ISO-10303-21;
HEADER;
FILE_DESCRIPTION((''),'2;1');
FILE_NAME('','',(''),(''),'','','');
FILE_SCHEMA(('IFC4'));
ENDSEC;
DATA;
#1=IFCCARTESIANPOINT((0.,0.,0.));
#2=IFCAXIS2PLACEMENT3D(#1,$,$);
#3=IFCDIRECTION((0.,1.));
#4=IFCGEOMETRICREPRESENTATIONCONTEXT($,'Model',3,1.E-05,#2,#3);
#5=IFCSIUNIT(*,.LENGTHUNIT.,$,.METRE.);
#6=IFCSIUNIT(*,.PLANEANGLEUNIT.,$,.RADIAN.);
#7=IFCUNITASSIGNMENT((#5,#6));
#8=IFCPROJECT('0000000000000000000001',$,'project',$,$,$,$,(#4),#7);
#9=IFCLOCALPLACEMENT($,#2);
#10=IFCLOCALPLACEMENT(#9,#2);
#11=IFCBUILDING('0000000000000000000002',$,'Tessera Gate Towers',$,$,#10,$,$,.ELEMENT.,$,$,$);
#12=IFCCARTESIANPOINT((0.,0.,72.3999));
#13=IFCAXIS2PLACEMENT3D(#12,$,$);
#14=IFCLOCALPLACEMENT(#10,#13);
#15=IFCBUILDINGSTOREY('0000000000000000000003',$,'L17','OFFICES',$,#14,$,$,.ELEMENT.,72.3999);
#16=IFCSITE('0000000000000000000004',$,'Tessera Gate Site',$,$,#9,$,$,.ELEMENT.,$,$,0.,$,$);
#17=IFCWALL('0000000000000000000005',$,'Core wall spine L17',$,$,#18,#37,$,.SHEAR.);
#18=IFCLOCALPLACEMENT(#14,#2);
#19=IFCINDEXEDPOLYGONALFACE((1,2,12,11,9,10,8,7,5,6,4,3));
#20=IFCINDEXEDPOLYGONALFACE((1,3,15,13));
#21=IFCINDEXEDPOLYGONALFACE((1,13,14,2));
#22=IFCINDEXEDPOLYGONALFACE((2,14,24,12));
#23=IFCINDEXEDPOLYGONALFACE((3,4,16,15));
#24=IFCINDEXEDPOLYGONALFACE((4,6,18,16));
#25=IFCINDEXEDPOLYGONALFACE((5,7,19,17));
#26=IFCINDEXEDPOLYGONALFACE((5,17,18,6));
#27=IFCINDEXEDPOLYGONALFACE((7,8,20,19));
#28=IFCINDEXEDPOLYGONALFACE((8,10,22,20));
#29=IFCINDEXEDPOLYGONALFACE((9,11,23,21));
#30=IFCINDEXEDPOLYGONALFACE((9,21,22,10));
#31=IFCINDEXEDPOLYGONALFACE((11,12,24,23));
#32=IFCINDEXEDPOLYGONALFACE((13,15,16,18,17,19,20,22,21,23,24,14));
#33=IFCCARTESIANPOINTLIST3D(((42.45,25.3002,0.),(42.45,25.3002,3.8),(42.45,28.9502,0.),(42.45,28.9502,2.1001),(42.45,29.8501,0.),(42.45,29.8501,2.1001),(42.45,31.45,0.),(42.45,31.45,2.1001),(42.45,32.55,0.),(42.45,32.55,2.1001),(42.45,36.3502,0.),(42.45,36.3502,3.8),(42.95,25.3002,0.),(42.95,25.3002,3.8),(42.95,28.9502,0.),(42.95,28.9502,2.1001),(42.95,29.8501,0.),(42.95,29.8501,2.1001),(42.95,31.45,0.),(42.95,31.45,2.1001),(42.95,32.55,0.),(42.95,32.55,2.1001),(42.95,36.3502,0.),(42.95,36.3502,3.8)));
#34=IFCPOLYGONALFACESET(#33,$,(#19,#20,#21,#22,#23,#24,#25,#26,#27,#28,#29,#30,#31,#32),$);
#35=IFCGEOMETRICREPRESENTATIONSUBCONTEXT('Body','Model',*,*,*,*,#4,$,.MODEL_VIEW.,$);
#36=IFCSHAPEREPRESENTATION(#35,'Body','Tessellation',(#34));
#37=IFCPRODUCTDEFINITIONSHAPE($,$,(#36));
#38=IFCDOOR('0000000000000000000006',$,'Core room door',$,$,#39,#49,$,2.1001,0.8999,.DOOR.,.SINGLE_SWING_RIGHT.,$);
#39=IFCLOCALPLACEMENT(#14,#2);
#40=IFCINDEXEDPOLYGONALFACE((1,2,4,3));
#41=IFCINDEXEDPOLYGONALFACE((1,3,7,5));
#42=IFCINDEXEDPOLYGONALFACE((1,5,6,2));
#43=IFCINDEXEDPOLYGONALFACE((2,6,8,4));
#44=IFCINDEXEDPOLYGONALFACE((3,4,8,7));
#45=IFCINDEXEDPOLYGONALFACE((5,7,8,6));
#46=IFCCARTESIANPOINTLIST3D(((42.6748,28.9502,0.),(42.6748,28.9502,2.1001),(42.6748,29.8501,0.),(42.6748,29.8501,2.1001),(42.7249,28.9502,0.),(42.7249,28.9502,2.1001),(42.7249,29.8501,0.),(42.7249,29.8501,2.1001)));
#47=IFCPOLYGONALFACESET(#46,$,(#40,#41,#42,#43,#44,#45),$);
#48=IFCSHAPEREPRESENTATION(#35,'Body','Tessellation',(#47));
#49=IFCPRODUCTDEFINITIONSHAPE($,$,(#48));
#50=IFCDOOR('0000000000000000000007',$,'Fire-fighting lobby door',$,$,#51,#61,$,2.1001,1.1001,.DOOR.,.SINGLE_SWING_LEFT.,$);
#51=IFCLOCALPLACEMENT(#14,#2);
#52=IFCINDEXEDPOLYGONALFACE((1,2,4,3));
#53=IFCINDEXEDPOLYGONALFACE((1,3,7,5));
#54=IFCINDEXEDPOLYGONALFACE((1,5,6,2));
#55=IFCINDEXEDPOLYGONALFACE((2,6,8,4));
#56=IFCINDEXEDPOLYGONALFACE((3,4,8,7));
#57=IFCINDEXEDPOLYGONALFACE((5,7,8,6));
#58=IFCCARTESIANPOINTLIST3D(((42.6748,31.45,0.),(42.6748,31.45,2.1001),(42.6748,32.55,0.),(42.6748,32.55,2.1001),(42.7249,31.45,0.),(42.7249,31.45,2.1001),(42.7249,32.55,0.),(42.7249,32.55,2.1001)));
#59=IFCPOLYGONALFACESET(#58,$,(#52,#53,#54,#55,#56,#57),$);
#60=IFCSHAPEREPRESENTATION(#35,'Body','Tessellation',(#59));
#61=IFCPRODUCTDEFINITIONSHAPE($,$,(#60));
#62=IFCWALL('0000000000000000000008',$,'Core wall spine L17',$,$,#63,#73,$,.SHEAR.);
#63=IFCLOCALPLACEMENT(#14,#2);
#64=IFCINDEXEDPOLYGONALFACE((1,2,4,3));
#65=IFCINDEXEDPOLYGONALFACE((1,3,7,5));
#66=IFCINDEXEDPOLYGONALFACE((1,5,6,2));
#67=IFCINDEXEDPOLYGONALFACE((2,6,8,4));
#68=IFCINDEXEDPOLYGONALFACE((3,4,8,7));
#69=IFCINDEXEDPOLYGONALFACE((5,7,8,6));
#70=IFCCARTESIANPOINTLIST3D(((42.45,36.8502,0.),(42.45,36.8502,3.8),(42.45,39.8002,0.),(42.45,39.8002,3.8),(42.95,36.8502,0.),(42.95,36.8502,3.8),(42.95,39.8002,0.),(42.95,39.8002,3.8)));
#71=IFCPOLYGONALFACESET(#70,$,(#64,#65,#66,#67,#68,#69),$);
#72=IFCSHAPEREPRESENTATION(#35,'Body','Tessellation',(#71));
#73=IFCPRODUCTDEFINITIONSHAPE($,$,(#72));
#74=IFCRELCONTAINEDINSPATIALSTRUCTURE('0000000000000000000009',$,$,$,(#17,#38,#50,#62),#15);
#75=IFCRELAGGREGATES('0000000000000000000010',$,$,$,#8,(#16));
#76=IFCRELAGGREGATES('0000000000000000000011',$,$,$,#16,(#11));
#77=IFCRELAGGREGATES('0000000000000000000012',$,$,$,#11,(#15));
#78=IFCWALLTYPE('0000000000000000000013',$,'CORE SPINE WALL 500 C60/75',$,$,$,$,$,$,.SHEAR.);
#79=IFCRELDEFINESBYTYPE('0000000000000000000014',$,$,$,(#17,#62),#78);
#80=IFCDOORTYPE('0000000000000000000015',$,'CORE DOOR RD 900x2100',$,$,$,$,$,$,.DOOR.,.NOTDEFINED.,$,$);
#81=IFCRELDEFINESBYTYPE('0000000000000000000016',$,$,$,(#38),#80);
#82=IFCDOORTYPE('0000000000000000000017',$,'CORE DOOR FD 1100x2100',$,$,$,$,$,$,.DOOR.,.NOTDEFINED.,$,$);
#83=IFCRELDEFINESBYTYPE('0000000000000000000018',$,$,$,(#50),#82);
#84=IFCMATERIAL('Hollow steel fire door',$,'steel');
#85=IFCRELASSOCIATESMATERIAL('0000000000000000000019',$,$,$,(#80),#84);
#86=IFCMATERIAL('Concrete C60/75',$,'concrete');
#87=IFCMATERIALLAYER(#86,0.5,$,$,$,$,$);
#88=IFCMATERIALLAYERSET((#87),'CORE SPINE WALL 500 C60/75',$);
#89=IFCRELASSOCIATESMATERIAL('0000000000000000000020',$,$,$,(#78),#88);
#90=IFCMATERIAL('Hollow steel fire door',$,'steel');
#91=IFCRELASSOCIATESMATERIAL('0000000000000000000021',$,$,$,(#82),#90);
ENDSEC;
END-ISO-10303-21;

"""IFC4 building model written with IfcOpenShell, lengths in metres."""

from ifc_helpers import new_model, si_unit, direction, frame, frame_2d, origin, place, context, subcontext, project, spatial, rectangle, extrude, source, transform, mapped, material, layer, layer_set, type_object, element, fill, save


model = new_model("IFC4")

# Units and contexts
model_context = context("Model", 3, precision=1e-05, world=origin(), true_north=direction((0.0, 1.0)))
body_context = subcontext(model_context, "Body", "Model", "MODEL_VIEW")
ifc_project = project(units=[si_unit("LENGTHUNIT", "METRE"), si_unit("PLANEANGLEUNIT", "RADIAN")], contexts=[model_context])

# Site, building, storey
site_placement = place(None, origin())
site = spatial("IfcSite", under=ifc_project, at=site_placement, Name="Tessera Gate Site", CompositionType="ELEMENT", RefElevation=0.0)
building_placement = place(site_placement, origin())
building = spatial("IfcBuilding", under=site, at=building_placement, Name="Tessera Gate Towers", CompositionType="ELEMENT")
storey_placement = place(building_placement, frame((0.0, 0.0, 72.3999)))
storey = spatial("IfcBuildingStorey", under=building, at=storey_placement, Name="L17", Description="OFFICES", CompositionType="ELEMENT", Elevation=72.3999)

# Shared definitions
shared_shape_1 = source(origin(), body_context, "Body", "SweptSolid", [
    extrude(rectangle(XDim=1.1001, YDim=2.1001, at=frame_2d((0.55, 1.05))), frame((0.0, 0.0249, 0.0), z_axis=(0.0, -1.0, 0.0), x_axis=(1.0, 0.0, 0.0)), (0.0, 0.0, 1.0), 0.05),
])

# Shared definitions
ifc_material_1 = material(Name="Hollow steel fire door", Category="steel")
door_type_1 = type_object("IfcDoorType", Name="CORE DOOR RD 900x2100", OperationType="NOTDEFINED", PredefinedType="DOOR", material=ifc_material_1)
shared_shape_2 = source(origin(), body_context, "Body", "SweptSolid", [
    extrude(rectangle(XDim=0.8999, YDim=2.1001, at=frame_2d((0.45, 1.05))), frame((0.0, 0.0249, 0.0), z_axis=(0.0, -1.0, 0.0), x_axis=(1.0, 0.0, 0.0)), (0.0, 0.0, 1.0), 0.05),
])

# Wall, openings, doors
ifc_material_2 = material(Name="Concrete C60/75", Category="concrete")
ifc_layer_1 = layer(ifc_material_2, 0.5)
ifc_layer_set_1 = layer_set([ifc_layer_1], Name="CORE SPINE WALL 500 C60/75")
wall_type_1 = type_object("IfcWallType", Name="CORE SPINE WALL 500 C60/75", PredefinedType="SHEAR", material=ifc_layer_set_1)
wall_1_placement = place(storey_placement, frame((42.7, 36.3501, 0.0), z_axis=(0.0, 0.0, 1.0), x_axis=(0.0, -1.0, 0.0)))
wall_1 = element("IfcWall", 1, at=wall_1_placement, inside=storey, type_object=wall_type_1, Name="Core wall spine L17", PredefinedType="SHEAR", context=body_context, shape_type="SweptSolid", body=[
    extrude(rectangle(XDim=11.05, YDim=0.5, at=frame_2d((5.5249, 0.0))), origin(), (0.0, 0.0, 1.0), 3.8),
])
shared_shape_3 = source(origin(), body_context, "Body", "SweptSolid", [
    extrude(rectangle(XDim=0.8999, YDim=2.1001, at=frame_2d((0.45, 1.05))), frame((0.0, 0.26, 0.0), z_axis=(0.0, -1.0, 0.0), x_axis=(1.0, 0.0, 0.0)), (0.0, 0.0, 1.0), 0.52),
])
opening_1_placement = place(wall_1_placement, frame((6.5, 0.0, 0.0)))
opening_1 = element("IfcOpeningElement", 2, at=opening_1_placement, cuts=wall_1, PredefinedType="OPENING", context=body_context, shape_type="MappedRepresentation", body=[
    mapped(shared_shape_3, transform((0.0, 0.0, 0.0), scale=1.0)),
])
shared_shape_4 = source(origin(), body_context, "Body", "SweptSolid", [
    extrude(rectangle(XDim=1.1001, YDim=2.1001, at=frame_2d((0.55, 1.05))), frame((0.0, 0.26, 0.0), z_axis=(0.0, -1.0, 0.0), x_axis=(1.0, 0.0, 0.0)), (0.0, 0.0, 1.0), 0.52),
])
opening_2_placement = place(wall_1_placement, frame((3.8, 0.0, 0.0)))
opening_2 = element("IfcOpeningElement", 3, at=opening_2_placement, cuts=wall_1, PredefinedType="OPENING", context=body_context, shape_type="MappedRepresentation", body=[
    mapped(shared_shape_4, transform((0.0, 0.0, 0.0), scale=1.0)),
])
door_1_placement = place(opening_1_placement, origin())
door_1 = element("IfcDoor", 4, at=door_1_placement, inside=storey, type_object=door_type_1, Name="Core room door", OperationType="SINGLE_SWING_RIGHT", OverallHeight=2.1001, OverallWidth=0.8999, PredefinedType="DOOR", context=body_context, shape_type="MappedRepresentation", body=[
    mapped(shared_shape_2, transform((0.0, 0.0, 0.0), scale=1.0)),
])
fill(opening_1, door_1)
ifc_material_3 = material(Name="Hollow steel fire door", Category="steel")
door_type_2 = type_object("IfcDoorType", Name="CORE DOOR FD 1100x2100", OperationType="NOTDEFINED", PredefinedType="DOOR", material=ifc_material_3)
door_2_placement = place(opening_2_placement, origin())
door_2 = element("IfcDoor", 5, at=door_2_placement, inside=storey, type_object=door_type_2, Name="Fire-fighting lobby door", OperationType="SINGLE_SWING_LEFT", OverallHeight=2.1001, OverallWidth=1.1001, PredefinedType="DOOR", context=body_context, shape_type="MappedRepresentation", body=[
    mapped(shared_shape_1, transform((0.0, 0.0, 0.0), scale=1.0)),
])
fill(opening_2, door_2)

# Wall
wall_2_placement = place(storey_placement, frame((42.7, 36.8501, 0.0), z_axis=(0.0, 0.0, 1.0), x_axis=(0.0, 1.0, 0.0)))
element("IfcWall", 6, at=wall_2_placement, inside=storey, type_object=wall_type_1, Name="Core wall spine L17", PredefinedType="SHEAR", context=body_context, shape_type="SweptSolid", body=[
    extrude(rectangle(XDim=2.95, YDim=0.5, at=frame_2d((1.4751, 0.0))), origin(), (0.0, 0.0, 1.0), 3.8),
])

save(model, "model.ifc")
